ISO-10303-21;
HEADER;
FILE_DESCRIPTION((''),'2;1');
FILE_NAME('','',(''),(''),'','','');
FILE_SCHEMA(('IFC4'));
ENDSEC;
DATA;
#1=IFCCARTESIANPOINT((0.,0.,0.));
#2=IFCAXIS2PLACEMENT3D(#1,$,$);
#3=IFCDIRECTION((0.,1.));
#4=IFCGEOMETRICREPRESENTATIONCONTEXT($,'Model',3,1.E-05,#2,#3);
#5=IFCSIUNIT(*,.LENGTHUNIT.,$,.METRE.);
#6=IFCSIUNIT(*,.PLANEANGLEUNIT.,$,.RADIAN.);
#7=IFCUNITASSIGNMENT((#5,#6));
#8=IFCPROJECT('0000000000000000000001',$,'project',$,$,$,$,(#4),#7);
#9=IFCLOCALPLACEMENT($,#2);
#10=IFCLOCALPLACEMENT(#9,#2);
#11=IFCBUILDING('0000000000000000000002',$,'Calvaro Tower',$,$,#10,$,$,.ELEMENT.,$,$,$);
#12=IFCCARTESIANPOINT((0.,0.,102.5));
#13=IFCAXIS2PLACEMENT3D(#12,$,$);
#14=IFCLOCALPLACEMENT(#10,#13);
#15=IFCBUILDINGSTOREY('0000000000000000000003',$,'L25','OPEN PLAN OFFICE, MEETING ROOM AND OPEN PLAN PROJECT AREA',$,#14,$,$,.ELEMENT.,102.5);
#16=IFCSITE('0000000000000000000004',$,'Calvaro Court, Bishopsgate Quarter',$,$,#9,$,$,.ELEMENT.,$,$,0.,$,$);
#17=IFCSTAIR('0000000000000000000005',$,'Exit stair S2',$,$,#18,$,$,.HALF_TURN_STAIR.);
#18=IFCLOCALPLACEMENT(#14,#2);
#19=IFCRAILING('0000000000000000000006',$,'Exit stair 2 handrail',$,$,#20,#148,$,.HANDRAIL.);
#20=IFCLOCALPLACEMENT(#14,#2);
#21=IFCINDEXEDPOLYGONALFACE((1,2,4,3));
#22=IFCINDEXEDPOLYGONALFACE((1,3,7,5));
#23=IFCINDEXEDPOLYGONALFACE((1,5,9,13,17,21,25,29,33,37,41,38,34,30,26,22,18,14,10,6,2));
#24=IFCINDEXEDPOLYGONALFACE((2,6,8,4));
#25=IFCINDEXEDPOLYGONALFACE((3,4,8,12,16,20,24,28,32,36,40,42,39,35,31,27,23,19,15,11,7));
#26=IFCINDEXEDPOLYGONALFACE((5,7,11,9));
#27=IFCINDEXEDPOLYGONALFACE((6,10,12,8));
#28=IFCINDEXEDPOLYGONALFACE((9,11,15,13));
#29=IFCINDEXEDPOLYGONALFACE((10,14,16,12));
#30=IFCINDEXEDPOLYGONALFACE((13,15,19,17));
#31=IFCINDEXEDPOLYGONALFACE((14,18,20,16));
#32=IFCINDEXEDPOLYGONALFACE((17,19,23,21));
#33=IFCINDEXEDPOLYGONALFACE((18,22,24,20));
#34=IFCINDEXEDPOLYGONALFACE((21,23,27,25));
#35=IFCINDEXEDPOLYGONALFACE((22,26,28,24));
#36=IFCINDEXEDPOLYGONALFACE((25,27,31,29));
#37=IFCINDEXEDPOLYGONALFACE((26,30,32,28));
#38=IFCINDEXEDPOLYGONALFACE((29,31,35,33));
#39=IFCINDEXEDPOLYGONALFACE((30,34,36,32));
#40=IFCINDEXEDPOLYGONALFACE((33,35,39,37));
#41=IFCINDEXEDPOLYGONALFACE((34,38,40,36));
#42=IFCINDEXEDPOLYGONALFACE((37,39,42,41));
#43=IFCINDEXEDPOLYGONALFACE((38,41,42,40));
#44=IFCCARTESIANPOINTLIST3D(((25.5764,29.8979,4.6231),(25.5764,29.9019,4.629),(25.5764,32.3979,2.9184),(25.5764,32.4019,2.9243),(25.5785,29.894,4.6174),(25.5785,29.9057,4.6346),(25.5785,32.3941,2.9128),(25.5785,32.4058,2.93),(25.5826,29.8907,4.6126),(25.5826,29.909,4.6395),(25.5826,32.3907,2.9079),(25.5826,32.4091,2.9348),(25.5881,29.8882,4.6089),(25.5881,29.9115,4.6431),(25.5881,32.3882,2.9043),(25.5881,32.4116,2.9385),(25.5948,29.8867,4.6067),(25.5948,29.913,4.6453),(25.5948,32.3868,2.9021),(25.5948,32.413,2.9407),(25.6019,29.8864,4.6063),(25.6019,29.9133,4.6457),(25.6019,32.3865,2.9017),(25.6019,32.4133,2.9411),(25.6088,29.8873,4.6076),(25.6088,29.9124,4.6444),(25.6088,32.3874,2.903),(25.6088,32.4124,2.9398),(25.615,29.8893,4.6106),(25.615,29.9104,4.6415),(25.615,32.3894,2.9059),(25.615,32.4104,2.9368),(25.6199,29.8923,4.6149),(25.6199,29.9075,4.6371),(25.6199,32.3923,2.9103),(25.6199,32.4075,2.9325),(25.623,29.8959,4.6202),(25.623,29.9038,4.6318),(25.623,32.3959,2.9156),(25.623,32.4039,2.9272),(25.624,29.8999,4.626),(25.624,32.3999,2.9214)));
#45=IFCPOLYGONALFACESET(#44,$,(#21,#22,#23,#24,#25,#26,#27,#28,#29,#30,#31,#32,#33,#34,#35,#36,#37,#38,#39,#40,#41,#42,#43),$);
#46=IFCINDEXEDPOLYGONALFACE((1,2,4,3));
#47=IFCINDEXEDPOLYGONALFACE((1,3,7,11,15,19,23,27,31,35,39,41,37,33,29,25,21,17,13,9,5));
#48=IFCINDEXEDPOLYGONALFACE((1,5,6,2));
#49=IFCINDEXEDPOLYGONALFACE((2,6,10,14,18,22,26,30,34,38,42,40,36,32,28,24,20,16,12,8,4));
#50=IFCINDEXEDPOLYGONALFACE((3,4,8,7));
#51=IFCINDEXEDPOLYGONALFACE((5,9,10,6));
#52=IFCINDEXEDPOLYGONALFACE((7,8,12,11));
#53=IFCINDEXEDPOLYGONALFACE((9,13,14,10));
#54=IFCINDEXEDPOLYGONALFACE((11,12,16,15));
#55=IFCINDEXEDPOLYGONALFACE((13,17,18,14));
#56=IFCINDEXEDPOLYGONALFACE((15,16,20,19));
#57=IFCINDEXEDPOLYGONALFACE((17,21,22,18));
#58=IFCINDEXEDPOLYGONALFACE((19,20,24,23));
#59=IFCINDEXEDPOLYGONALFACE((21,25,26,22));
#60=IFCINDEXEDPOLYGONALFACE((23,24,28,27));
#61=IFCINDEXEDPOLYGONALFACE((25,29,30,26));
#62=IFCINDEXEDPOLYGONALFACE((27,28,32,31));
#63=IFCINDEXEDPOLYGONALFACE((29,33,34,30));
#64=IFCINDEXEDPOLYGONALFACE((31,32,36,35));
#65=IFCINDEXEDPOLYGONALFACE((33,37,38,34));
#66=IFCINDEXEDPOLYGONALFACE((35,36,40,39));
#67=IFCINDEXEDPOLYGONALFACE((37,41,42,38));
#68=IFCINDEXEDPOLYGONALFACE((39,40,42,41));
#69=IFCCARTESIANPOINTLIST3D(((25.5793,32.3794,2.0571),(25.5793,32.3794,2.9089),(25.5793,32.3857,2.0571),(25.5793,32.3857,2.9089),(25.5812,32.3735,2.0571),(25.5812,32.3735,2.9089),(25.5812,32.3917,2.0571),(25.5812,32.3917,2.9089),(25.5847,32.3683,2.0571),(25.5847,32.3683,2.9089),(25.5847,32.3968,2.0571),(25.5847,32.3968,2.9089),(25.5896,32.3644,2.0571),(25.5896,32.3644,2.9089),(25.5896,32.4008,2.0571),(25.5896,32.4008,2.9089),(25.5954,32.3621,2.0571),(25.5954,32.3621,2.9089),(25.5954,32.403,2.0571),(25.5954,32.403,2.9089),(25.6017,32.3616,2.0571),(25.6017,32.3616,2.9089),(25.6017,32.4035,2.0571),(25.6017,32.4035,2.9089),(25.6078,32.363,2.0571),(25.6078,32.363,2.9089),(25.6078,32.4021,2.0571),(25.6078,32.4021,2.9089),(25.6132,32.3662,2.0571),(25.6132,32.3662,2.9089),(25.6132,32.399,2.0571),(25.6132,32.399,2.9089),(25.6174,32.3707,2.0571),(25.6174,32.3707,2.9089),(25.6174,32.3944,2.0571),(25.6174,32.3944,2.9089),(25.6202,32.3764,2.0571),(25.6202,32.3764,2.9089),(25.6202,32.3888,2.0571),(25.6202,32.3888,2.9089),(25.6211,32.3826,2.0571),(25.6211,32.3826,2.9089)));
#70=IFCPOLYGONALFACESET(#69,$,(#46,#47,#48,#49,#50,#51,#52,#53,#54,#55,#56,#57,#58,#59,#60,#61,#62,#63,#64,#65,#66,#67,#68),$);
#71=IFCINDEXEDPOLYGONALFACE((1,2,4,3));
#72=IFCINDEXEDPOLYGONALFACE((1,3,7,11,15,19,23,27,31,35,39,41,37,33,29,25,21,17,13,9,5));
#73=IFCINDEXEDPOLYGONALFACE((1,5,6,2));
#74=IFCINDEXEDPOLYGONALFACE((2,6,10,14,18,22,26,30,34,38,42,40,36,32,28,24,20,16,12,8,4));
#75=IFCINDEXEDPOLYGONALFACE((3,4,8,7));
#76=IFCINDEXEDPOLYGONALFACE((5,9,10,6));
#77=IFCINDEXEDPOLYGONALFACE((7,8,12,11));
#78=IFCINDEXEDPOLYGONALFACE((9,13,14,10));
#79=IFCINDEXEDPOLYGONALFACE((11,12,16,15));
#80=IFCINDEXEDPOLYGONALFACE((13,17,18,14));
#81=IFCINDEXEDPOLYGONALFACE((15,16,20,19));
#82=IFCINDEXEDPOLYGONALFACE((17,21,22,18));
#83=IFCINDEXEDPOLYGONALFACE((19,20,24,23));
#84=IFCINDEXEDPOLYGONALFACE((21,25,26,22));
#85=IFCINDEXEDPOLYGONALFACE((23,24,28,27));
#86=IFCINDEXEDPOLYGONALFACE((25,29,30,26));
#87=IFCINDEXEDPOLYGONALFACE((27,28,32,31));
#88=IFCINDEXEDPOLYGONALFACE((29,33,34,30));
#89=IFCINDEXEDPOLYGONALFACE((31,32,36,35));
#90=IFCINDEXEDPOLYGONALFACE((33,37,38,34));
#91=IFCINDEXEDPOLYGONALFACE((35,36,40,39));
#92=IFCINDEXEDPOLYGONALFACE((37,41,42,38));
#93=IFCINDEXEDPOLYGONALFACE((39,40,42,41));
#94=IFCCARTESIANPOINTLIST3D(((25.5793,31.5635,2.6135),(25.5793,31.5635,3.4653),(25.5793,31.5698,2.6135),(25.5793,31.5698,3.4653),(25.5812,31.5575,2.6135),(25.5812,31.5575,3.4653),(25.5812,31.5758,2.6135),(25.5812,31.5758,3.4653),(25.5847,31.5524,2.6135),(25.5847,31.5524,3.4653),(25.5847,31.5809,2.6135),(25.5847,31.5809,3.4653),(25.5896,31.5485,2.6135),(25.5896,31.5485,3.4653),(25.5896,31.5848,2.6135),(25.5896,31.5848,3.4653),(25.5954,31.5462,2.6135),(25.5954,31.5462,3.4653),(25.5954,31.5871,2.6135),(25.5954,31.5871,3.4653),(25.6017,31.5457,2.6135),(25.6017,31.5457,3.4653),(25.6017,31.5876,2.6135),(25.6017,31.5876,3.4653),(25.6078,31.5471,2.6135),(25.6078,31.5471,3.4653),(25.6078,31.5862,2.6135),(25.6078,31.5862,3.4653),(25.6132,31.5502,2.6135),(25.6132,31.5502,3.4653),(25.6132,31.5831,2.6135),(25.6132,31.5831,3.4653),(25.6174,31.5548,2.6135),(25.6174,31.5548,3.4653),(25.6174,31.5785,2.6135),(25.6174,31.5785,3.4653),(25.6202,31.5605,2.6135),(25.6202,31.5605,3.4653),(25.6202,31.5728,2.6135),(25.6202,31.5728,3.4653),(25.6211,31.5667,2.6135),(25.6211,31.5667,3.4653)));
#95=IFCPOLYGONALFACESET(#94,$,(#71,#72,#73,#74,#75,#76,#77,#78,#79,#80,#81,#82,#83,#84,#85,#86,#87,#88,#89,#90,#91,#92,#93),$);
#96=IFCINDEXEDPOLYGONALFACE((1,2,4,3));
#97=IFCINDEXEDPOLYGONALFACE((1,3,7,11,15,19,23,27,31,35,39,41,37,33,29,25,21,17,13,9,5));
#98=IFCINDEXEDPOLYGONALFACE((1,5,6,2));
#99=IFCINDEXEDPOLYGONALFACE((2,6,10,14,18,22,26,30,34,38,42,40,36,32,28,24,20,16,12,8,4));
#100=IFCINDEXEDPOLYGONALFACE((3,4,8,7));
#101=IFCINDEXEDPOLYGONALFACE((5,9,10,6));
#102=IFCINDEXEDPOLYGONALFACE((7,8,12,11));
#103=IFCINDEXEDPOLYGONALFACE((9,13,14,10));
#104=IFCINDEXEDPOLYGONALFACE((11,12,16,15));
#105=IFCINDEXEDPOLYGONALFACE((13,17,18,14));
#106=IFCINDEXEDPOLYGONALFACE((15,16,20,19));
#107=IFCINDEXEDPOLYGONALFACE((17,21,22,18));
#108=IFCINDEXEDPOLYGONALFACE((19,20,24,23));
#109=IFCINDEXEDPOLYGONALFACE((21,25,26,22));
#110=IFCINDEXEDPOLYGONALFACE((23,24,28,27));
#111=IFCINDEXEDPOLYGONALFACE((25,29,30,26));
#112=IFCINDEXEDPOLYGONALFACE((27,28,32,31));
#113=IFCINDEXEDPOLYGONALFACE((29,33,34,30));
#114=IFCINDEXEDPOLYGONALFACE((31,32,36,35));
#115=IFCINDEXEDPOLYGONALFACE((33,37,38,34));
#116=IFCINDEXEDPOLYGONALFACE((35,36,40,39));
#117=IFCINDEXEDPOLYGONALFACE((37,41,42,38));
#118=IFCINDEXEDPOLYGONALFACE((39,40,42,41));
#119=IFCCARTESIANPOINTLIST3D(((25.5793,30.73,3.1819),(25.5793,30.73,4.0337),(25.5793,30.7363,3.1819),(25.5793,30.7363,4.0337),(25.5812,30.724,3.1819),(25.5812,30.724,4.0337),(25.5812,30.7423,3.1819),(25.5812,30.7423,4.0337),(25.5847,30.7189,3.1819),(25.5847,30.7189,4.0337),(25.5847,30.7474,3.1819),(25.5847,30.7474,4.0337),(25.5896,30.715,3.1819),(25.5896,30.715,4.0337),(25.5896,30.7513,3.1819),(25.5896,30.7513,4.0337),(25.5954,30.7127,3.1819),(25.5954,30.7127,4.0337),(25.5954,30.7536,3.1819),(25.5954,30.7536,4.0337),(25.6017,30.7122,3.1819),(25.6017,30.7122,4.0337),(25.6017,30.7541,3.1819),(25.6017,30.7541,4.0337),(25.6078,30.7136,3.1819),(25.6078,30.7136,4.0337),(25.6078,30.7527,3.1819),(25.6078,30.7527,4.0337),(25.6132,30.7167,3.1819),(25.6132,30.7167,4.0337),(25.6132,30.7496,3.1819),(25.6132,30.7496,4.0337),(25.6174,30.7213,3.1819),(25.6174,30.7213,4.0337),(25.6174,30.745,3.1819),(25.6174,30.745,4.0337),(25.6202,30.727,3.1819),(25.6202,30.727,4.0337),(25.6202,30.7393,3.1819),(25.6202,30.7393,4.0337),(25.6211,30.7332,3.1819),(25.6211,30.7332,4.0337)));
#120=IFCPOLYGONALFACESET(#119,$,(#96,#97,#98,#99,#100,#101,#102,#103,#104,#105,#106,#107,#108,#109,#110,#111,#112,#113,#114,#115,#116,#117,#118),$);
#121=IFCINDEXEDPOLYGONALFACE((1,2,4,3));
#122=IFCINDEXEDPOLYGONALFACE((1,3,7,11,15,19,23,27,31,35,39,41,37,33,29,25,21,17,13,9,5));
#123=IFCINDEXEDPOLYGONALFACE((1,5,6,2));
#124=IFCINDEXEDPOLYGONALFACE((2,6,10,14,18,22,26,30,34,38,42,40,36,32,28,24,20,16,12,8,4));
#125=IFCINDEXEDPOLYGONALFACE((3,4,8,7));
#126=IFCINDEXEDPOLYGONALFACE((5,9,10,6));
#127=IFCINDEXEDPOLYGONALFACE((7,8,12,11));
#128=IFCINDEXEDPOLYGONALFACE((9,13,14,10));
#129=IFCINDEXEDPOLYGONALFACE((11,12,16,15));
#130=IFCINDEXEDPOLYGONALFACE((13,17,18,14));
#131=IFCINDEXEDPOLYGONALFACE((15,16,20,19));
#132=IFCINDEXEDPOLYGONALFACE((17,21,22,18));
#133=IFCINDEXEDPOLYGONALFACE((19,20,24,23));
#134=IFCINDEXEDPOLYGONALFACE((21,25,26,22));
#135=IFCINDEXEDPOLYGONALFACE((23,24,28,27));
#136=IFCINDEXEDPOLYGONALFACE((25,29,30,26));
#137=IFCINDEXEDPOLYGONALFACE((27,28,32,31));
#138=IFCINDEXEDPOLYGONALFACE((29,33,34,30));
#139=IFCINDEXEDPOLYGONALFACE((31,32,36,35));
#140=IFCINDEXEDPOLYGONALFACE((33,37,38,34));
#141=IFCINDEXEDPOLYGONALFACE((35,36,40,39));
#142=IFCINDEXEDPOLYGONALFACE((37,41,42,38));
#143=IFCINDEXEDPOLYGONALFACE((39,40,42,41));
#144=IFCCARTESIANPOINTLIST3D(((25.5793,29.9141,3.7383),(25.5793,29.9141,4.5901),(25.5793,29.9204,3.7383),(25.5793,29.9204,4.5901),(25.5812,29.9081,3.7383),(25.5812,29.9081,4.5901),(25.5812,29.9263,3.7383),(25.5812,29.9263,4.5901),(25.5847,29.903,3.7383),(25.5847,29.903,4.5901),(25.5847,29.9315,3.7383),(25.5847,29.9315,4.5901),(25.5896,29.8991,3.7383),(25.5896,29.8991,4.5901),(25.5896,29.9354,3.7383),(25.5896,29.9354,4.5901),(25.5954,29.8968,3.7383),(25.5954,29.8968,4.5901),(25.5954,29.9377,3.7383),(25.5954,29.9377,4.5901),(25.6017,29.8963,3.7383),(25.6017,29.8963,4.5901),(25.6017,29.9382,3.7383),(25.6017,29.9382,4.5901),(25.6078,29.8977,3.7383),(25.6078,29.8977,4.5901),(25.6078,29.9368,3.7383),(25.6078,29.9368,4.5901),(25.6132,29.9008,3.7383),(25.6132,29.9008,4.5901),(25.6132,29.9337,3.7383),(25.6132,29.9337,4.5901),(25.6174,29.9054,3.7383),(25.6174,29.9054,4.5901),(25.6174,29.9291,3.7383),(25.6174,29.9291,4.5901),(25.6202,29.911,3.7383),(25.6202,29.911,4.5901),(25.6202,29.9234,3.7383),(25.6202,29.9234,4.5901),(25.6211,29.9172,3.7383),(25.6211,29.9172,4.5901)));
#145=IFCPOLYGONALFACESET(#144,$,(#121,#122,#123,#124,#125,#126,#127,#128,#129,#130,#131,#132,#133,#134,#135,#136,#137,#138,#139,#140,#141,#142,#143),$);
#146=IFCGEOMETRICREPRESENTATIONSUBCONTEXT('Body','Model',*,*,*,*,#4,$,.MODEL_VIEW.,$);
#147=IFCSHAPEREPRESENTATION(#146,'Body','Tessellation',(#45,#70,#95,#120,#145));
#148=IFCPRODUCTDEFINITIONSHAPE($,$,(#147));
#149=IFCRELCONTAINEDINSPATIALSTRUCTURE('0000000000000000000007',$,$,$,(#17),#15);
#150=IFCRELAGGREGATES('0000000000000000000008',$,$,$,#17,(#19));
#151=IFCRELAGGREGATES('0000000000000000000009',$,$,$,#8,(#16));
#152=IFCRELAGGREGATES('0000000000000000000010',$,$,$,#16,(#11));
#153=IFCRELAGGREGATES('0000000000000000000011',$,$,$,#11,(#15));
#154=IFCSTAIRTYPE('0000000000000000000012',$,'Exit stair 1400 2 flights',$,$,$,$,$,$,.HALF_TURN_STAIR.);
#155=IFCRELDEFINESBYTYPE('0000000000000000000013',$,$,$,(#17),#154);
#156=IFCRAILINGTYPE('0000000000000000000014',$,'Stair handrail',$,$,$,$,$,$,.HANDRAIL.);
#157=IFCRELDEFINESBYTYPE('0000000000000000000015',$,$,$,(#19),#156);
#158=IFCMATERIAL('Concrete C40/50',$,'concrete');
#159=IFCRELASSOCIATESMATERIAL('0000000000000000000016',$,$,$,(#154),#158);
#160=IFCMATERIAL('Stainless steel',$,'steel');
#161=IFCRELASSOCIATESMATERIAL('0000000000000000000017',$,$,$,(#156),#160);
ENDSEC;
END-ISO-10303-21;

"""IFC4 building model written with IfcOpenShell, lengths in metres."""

from ifc_helpers import new_model, si_unit, direction, frame, origin, origin_2d, place, context, subcontext, project, spatial, circle, extrude, material, type_object, element, aggregate, save


model = new_model("IFC4")

# Units and contexts
model_context = context("Model", 3, precision=1e-05, world=origin(), true_north=direction((0.0, 1.0)))
body_context = subcontext(model_context, "Body", "Model", "MODEL_VIEW")
ifc_project = project(units=[si_unit("LENGTHUNIT", "METRE"), si_unit("PLANEANGLEUNIT", "RADIAN")], contexts=[model_context])

# Site, building, storey
site_placement = place(None, origin())
site = spatial("IfcSite", under=ifc_project, at=site_placement, Name="Calvaro Court, Bishopsgate Quarter", CompositionType="ELEMENT", RefElevation=0.0)
building_placement = place(site_placement, origin())
building = spatial("IfcBuilding", under=site, at=building_placement, Name="Calvaro Tower", CompositionType="ELEMENT")
storey_placement = place(building_placement, frame((0.0, 0.0, 102.5)))
storey = spatial("IfcBuildingStorey", under=building, at=storey_placement, Name="L25", Description="OPEN PLAN OFFICE, MEETING ROOM AND OPEN PLAN PROJECT AREA", CompositionType="ELEMENT", Elevation=102.5)

# Stair, railing
ifc_material_1 = material(Name="Concrete C40/50", Category="concrete")
stair_type = type_object("IfcStairType", Name="Exit stair 1400 2 flights", PredefinedType="HALF_TURN_STAIR", material=ifc_material_1)
stair_placement = place(storey_placement, origin())
stair = element("IfcStair", 1, at=stair_placement, inside=storey, type_object=stair_type, Name="Exit stair S2", PredefinedType="HALF_TURN_STAIR")
ifc_material_2 = material(Name="Stainless steel", Category="steel")
railing_type = type_object("IfcRailingType", Name="Stair handrail", PredefinedType="HANDRAIL", material=ifc_material_2)
railing_1_placement = place(storey_placement, frame((25.6001, 32.3999, 2.0454)))
railing_1 = element("IfcRailing", 2, at=railing_1_placement, type_object=railing_type, Name="Exit stair 2 handrail", PredefinedType="HANDRAIL", context=body_context, shape_type="SweptSolid", body=[
    extrude(circle(Radius=0.0239, at=origin_2d()), frame((0.0, 0.0, 0.876), z_axis=(0.0, -0.826221, 0.563347), x_axis=(1.0, 0.0, 0.0)), (0.0, 0.0, 1.0), 3.0259),
    extrude(circle(Radius=0.021, at=origin_2d()), frame((0.0, -0.0173, 0.0117)), (0.0, 0.0, 1.0), 0.8518),
    extrude(circle(Radius=0.021, at=origin_2d()), frame((0.0, -0.8333, 0.5681)), (0.0, 0.0, 1.0), 0.8518),
    extrude(circle(Radius=0.021, at=origin_2d()), frame((0.0, -1.6667, 1.1365)), (0.0, 0.0, 1.0), 0.8518),
    extrude(circle(Radius=0.021, at=origin_2d()), frame((0.0, -2.4827, 1.6929)), (0.0, 0.0, 1.0), 0.8518),
])
aggregate(stair, [railing_1])

save(model, "model.ifc")
